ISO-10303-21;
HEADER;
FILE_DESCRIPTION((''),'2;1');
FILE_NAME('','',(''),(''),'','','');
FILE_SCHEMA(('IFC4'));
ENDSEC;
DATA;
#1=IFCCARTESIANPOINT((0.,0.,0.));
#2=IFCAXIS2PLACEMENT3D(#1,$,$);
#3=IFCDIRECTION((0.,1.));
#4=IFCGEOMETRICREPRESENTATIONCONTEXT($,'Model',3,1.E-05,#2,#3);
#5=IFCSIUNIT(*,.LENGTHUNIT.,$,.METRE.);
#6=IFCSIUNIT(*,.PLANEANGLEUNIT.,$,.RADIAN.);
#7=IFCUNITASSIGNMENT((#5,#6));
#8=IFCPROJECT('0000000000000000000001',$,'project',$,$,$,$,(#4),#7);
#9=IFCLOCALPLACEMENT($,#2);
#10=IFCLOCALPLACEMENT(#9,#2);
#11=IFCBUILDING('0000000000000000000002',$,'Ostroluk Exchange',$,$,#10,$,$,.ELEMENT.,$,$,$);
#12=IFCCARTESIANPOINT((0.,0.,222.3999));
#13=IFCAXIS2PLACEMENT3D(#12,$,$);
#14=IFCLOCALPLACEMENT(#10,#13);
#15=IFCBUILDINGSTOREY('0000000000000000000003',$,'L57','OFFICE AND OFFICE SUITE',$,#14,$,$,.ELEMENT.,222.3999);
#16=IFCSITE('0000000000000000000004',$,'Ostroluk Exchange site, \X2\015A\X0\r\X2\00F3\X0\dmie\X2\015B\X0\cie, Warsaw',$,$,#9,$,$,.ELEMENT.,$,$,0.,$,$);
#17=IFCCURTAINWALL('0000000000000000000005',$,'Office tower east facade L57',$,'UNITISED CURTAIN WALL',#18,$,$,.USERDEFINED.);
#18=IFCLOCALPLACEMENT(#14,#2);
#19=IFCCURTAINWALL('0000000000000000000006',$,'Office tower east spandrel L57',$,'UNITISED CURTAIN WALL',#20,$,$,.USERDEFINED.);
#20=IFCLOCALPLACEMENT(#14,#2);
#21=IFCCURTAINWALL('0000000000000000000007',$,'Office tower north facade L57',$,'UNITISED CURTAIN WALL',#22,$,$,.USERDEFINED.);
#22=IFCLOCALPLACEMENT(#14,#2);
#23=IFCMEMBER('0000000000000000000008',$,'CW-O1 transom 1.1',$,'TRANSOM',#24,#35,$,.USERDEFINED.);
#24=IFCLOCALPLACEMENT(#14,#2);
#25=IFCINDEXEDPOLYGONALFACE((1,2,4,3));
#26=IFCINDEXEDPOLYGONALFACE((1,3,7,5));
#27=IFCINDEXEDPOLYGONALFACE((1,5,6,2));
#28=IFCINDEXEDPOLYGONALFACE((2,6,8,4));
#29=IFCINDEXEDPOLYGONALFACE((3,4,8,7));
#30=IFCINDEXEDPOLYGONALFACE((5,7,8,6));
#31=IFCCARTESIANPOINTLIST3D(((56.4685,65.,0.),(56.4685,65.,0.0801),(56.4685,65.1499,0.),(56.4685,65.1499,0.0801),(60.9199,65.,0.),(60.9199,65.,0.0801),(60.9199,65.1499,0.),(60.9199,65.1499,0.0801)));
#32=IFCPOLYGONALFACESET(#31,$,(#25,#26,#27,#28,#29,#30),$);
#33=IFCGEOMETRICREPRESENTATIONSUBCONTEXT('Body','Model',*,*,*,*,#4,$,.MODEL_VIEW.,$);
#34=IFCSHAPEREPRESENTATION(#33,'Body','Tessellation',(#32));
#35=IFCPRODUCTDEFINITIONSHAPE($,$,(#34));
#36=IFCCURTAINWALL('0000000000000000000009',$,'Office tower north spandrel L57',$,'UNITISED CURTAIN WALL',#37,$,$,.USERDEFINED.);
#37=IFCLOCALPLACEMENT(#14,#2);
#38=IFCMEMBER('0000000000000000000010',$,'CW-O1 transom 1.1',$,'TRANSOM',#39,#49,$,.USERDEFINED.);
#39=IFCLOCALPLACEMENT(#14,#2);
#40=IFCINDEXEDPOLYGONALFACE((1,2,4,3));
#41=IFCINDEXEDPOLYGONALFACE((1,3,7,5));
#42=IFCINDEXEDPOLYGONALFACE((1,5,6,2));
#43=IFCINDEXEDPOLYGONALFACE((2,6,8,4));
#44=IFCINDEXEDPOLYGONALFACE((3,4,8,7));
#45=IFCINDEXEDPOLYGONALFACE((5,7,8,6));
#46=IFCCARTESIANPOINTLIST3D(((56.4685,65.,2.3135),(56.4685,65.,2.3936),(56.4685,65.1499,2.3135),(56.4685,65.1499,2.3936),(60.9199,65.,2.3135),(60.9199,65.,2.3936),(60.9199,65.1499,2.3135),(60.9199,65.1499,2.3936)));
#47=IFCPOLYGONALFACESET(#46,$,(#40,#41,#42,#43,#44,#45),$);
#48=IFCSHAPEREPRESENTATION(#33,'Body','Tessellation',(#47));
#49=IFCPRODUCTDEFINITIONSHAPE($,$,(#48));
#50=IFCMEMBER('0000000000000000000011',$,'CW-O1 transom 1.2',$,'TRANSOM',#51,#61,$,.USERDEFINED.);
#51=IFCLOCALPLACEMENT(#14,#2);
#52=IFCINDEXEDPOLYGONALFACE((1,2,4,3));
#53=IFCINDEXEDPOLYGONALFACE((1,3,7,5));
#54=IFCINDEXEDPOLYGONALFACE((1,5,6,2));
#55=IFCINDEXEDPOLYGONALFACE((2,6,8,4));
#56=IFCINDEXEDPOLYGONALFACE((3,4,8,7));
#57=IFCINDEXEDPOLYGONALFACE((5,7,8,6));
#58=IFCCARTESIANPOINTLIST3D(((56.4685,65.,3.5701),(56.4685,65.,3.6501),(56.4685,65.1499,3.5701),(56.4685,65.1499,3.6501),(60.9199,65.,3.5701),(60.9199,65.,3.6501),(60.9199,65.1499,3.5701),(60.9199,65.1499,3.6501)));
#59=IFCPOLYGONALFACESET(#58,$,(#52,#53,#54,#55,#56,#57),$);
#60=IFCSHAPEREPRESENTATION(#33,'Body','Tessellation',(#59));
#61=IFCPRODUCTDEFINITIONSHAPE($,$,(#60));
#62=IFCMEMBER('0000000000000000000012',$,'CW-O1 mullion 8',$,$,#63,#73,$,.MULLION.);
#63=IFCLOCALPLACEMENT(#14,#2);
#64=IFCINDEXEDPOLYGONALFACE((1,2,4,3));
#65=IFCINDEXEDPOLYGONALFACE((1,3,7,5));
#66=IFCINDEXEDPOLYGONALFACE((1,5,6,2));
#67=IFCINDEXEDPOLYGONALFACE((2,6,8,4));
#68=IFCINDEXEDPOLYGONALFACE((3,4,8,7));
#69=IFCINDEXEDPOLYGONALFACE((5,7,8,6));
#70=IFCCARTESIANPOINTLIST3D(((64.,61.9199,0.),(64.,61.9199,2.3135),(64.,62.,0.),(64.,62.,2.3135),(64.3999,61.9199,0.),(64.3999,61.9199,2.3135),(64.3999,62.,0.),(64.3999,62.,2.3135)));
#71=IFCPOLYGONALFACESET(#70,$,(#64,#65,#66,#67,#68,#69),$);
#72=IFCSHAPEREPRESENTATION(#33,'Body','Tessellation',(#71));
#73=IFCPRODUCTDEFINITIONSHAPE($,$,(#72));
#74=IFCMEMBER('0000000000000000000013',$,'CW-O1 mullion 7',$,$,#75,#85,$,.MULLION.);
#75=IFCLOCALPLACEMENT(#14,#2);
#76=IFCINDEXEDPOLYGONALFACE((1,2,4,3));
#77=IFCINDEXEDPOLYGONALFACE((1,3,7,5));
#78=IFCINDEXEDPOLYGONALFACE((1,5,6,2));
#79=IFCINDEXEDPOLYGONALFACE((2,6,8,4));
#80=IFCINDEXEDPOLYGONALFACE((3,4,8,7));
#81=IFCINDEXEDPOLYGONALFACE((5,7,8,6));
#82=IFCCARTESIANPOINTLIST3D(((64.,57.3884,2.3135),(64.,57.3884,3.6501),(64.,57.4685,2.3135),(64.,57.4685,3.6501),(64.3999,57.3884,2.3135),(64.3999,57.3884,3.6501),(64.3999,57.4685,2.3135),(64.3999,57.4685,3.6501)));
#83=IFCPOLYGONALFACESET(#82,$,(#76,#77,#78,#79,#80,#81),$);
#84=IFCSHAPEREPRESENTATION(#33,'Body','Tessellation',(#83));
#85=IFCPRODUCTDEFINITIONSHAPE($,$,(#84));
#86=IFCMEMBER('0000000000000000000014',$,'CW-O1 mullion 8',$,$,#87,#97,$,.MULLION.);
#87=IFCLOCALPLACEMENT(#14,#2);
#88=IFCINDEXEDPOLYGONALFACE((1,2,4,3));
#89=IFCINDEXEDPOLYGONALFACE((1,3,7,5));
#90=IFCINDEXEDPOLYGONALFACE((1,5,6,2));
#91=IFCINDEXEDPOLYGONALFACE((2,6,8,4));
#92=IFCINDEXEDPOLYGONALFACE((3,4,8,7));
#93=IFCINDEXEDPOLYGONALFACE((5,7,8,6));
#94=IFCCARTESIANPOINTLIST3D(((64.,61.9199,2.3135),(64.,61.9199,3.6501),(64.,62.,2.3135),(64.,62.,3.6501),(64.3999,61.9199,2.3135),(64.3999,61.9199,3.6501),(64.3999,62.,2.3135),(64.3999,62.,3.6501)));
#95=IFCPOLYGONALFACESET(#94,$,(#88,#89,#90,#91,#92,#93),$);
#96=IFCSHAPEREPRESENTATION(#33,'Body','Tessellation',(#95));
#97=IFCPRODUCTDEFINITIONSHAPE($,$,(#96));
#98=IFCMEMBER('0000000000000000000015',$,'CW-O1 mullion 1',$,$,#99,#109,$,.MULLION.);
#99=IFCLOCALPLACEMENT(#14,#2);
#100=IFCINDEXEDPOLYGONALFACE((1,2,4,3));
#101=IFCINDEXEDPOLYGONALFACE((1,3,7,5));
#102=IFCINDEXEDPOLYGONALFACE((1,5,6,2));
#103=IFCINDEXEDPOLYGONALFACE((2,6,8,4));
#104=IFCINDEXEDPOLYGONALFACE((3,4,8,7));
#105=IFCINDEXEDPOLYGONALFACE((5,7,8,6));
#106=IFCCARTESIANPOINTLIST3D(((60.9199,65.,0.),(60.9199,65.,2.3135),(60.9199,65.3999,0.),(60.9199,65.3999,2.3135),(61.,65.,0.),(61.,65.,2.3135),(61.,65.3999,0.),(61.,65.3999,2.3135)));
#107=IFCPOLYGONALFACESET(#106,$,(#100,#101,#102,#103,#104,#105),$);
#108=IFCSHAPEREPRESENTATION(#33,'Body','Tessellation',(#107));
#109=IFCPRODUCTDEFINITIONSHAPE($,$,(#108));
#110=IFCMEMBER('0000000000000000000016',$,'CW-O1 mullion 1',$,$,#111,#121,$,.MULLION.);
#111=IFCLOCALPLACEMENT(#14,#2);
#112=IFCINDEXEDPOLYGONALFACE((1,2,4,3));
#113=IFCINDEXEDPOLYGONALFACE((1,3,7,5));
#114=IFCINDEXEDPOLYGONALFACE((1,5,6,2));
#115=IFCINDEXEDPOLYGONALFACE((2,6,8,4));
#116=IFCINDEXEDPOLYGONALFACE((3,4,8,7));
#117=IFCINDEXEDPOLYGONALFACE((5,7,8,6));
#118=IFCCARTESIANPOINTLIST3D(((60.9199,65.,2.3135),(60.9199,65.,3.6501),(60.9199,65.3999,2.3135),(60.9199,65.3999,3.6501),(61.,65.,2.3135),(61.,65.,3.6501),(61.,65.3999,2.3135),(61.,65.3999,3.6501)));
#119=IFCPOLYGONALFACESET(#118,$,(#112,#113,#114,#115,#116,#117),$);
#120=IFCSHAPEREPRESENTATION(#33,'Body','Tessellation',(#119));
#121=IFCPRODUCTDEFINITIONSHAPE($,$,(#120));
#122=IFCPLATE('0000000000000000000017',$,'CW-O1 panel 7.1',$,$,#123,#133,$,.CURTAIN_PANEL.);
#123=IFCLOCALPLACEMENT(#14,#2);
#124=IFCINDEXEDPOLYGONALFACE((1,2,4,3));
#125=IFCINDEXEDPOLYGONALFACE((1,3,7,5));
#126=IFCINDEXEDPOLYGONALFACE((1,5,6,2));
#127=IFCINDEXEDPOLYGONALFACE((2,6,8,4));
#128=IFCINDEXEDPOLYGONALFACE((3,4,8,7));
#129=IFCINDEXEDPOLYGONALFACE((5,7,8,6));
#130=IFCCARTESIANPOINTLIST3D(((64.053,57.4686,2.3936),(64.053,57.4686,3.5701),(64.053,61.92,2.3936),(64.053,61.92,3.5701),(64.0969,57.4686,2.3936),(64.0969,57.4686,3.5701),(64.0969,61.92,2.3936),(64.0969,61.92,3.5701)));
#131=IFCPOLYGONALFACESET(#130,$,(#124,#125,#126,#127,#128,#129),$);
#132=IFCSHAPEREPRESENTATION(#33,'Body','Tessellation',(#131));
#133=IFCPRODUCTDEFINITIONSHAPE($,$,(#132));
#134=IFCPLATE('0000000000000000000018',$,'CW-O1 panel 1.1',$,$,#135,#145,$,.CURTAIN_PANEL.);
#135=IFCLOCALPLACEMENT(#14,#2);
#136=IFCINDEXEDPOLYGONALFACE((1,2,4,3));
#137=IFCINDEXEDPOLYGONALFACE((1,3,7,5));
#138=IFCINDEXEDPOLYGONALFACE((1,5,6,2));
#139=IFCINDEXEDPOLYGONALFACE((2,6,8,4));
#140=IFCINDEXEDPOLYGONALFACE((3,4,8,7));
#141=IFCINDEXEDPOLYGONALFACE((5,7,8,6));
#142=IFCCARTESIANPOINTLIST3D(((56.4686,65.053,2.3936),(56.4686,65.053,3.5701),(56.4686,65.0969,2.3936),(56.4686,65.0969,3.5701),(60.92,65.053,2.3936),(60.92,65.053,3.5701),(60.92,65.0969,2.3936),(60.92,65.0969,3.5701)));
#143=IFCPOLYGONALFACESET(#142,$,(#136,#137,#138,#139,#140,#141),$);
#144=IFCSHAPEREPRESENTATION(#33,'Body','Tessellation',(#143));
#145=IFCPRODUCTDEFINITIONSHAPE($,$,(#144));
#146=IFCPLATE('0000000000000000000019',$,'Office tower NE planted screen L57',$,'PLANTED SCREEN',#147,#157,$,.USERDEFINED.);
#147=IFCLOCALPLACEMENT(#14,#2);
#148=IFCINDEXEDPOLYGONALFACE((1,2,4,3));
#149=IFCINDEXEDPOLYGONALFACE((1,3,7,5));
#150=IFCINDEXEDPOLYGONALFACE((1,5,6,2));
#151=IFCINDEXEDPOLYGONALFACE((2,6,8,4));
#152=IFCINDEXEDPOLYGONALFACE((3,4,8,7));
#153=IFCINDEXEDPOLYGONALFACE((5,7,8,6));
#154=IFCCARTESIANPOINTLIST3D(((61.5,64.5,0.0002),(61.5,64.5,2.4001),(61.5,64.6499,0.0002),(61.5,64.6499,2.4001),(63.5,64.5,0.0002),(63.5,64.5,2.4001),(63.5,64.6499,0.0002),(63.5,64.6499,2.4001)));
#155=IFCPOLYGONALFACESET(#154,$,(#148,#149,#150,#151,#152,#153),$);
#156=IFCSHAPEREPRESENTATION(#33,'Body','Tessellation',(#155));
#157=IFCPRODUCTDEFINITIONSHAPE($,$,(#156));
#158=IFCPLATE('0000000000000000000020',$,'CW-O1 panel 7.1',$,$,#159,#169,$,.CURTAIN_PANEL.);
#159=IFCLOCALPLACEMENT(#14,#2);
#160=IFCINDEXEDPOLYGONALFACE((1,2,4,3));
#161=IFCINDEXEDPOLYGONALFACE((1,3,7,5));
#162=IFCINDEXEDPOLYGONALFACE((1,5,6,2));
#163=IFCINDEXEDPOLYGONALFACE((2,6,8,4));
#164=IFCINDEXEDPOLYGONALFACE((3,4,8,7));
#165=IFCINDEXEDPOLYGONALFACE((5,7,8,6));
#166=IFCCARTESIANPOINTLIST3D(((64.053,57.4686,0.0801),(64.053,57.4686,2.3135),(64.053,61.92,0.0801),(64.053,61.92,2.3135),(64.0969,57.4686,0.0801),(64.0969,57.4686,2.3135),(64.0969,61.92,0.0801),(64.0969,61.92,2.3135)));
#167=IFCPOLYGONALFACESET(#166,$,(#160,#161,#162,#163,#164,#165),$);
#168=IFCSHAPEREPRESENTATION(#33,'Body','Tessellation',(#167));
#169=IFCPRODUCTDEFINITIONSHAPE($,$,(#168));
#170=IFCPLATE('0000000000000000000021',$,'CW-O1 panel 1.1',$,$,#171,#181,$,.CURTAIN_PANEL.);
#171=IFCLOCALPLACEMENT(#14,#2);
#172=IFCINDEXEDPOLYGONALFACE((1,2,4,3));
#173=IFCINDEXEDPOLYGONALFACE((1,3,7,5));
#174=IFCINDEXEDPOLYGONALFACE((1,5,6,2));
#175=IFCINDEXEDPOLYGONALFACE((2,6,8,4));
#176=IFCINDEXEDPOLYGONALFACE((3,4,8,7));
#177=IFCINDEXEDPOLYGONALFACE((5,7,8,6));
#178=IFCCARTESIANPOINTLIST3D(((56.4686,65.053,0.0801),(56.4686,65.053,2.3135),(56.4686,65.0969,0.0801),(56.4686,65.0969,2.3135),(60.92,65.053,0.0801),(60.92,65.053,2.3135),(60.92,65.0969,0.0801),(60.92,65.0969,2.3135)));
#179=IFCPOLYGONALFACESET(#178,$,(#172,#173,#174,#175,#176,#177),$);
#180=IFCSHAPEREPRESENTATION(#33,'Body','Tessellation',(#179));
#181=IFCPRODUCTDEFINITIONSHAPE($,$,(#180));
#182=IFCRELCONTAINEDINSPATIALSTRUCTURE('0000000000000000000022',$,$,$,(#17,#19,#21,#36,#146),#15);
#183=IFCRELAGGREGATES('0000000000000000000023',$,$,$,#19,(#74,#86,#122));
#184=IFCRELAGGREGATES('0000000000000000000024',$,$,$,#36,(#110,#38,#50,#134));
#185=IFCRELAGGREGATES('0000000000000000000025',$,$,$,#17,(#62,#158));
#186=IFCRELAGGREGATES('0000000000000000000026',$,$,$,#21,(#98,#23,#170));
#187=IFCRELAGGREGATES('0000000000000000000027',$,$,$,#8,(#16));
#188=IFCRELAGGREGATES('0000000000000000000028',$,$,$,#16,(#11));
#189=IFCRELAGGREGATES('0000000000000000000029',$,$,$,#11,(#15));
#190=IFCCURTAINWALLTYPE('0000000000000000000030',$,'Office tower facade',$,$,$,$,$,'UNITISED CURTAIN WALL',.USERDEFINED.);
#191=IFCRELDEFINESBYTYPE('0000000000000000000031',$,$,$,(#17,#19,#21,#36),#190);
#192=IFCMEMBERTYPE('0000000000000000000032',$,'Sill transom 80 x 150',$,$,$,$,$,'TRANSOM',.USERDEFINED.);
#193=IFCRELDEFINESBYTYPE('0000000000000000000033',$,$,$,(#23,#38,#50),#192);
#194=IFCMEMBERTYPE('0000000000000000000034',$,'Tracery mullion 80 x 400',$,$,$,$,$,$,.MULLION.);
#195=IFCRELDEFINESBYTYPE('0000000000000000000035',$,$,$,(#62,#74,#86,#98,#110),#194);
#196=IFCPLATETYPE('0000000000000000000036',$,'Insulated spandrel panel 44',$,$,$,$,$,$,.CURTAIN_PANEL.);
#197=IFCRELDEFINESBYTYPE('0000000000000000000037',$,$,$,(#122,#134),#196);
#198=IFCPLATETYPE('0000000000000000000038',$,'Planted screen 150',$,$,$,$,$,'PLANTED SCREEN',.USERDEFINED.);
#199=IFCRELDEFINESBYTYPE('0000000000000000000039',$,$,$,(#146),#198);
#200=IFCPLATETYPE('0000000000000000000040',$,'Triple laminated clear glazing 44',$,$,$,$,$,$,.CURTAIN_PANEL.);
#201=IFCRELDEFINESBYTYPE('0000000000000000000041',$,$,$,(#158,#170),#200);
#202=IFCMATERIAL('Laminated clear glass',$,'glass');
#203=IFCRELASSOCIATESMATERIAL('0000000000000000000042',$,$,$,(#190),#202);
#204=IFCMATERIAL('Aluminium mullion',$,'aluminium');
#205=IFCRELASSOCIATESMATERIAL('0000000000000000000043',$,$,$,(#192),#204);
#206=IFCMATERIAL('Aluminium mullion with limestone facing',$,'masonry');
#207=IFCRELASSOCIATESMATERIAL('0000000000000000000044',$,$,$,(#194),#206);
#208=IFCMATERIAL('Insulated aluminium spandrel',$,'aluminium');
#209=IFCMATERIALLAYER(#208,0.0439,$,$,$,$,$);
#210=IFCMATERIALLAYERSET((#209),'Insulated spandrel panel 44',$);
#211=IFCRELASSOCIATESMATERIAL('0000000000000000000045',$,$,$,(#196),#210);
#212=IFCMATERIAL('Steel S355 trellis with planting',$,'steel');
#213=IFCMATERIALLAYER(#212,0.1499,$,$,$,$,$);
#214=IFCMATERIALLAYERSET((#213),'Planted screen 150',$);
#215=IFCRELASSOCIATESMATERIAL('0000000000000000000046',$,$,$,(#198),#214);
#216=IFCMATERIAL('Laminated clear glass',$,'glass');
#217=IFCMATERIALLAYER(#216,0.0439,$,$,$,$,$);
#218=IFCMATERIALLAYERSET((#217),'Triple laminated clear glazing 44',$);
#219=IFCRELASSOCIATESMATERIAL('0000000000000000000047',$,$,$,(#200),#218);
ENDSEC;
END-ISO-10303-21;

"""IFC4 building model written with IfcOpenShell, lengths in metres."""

from ifc_helpers import new_model, si_unit, direction, frame, origin, origin_2d, place, context, subcontext, project, spatial, rectangle, extrude, material, layer, layer_set, material_profile, profile_set, type_object, element, aggregate, save


model = new_model("IFC4")

# Units and contexts
model_context = context("Model", 3, precision=1e-05, world=origin(), true_north=direction((0.0, 1.0)))
body_context = subcontext(model_context, "Body", "Model", "MODEL_VIEW")
ifc_project = project(units=[si_unit("LENGTHUNIT", "METRE"), si_unit("PLANEANGLEUNIT", "RADIAN")], contexts=[model_context])

# Site, building, storey
site_placement = place(None, origin())
site = spatial("IfcSite", under=ifc_project, at=site_placement, Name="Ostroluk Exchange site, Śródmieście, Warsaw", CompositionType="ELEMENT", RefElevation=0.0)
building_placement = place(site_placement, origin())
building = spatial("IfcBuilding", under=site, at=building_placement, Name="Ostroluk Exchange", CompositionType="ELEMENT")
storey_placement = place(building_placement, frame((0.0, 0.0, 222.3999)))
storey = spatial("IfcBuildingStorey", under=building, at=storey_placement, Name="L57", Description="OFFICE AND OFFICE SUITE", CompositionType="ELEMENT", Elevation=222.3999)

# Curtain wall
ifc_material_1 = material(Name="Laminated clear glass", Category="glass")
curtain_wall_type = type_object("IfcCurtainWallType", Name="Office tower facade", ElementType="UNITISED CURTAIN WALL", PredefinedType="USERDEFINED", material=ifc_material_1)
curtain_wall_1_placement = place(storey_placement, origin())
curtain_wall_1 = element("IfcCurtainWall", 1, at=curtain_wall_1_placement, inside=storey, type_object=curtain_wall_type, Name="Office tower east facade L57", ObjectType="UNITISED CURTAIN WALL", PredefinedType="USERDEFINED")
ifc_material_2 = material(Name="Aluminium mullion", Category="aluminium")
ifc_material_profile_1 = material_profile(ifc_material_2, rectangle(XDim=0.1499, YDim=0.0801, at=origin_2d()), Name="Sill transom 80 x 150")
ifc_profile_set_1 = profile_set([ifc_material_profile_1], Name="Aluminium mullion")
member_type_1 = type_object("IfcMemberType", Name="Sill transom 80 x 150", ElementType="TRANSOM", PredefinedType="USERDEFINED", material=ifc_profile_set_1)

# Curtain wall
curtain_wall_2_placement = place(storey_placement, origin())
curtain_wall_2 = element("IfcCurtainWall", 2, at=curtain_wall_2_placement, inside=storey, type_object=curtain_wall_type, Name="Office tower east spandrel L57", ObjectType="UNITISED CURTAIN WALL", PredefinedType="USERDEFINED")

# Curtain wall, member
curtain_wall_3_placement = place(storey_placement, origin())
curtain_wall_3 = element("IfcCurtainWall", 3, at=curtain_wall_3_placement, inside=storey, type_object=curtain_wall_type, Name="Office tower north facade L57", ObjectType="UNITISED CURTAIN WALL", PredefinedType="USERDEFINED")
member_1_placement = place(storey_placement, frame((60.9199, 65.075, 0.04), z_axis=(-1.0, 0.0, 0.0), x_axis=(0.0, -1.0, 0.0)))
member_1 = element("IfcMember", 4, at=member_1_placement, type_object=member_type_1, Name="CW-O1 transom 1.1", ObjectType="TRANSOM", PredefinedType="USERDEFINED", context=body_context, shape_type="SweptSolid", body=[
    extrude(rectangle(XDim=0.1499, YDim=0.0801, at=origin_2d()), origin(), (0.0, 0.0, 1.0), 4.4514),
])

# Curtain wall, members
curtain_wall_4_placement = place(storey_placement, origin())
curtain_wall_4 = element("IfcCurtainWall", 5, at=curtain_wall_4_placement, inside=storey, type_object=curtain_wall_type, Name="Office tower north spandrel L57", ObjectType="UNITISED CURTAIN WALL", PredefinedType="USERDEFINED")
member_2_placement = place(storey_placement, frame((60.9199, 65.075, 2.3535), z_axis=(-1.0, 0.0, 0.0), x_axis=(0.0, -1.0, 0.0)))
member_2 = element("IfcMember", 6, at=member_2_placement, type_object=member_type_1, Name="CW-O1 transom 1.1", ObjectType="TRANSOM", PredefinedType="USERDEFINED", context=body_context, shape_type="SweptSolid", body=[
    extrude(rectangle(XDim=0.1499, YDim=0.0801, at=origin_2d()), origin(), (0.0, 0.0, 1.0), 4.4514),
])
member_3_placement = place(storey_placement, frame((60.9199, 65.075, 3.6101), z_axis=(-1.0, 0.0, 0.0), x_axis=(0.0, -1.0, 0.0)))
member_3 = element("IfcMember", 7, at=member_3_placement, type_object=member_type_1, Name="CW-O1 transom 1.2", ObjectType="TRANSOM", PredefinedType="USERDEFINED", context=body_context, shape_type="SweptSolid", body=[
    extrude(rectangle(XDim=0.1499, YDim=0.0801, at=origin_2d()), origin(), (0.0, 0.0, 1.0), 4.4514),
])

# Members
ifc_material_3 = material(Name="Aluminium mullion with limestone facing", Category="masonry")
ifc_material_profile_2 = material_profile(ifc_material_3, rectangle(XDim=0.3999, YDim=0.0801, at=origin_2d()), Name="Tracery mullion 80 x 400")
ifc_profile_set_2 = profile_set([ifc_material_profile_2], Name="Aluminium mullion with limestone facing")
member_type_2 = type_object("IfcMemberType", Name="Tracery mullion 80 x 400", PredefinedType="MULLION", material=ifc_profile_set_2)
member_4_placement = place(storey_placement, frame((64.2, 61.96, 0.0), z_axis=(0.0, 0.0, 1.0), x_axis=(-1.0, 0.0, 0.0)))
member_4 = element("IfcMember", 8, at=member_4_placement, type_object=member_type_2, Name="CW-O1 mullion 8", PredefinedType="MULLION", context=body_context, shape_type="SweptSolid", body=[
    extrude(rectangle(XDim=0.3999, YDim=0.0801, at=origin_2d()), origin(), (0.0, 0.0, 1.0), 2.3135),
])
member_5_placement = place(storey_placement, frame((64.2, 57.4285, 2.3135), z_axis=(0.0, 0.0, 1.0), x_axis=(-1.0, 0.0, 0.0)))
member_5 = element("IfcMember", 9, at=member_5_placement, type_object=member_type_2, Name="CW-O1 mullion 7", PredefinedType="MULLION", context=body_context, shape_type="SweptSolid", body=[
    extrude(rectangle(XDim=0.3999, YDim=0.0801, at=origin_2d()), origin(), (0.0, 0.0, 1.0), 1.3367),
])
member_6_placement = place(storey_placement, frame((64.2, 61.96, 2.3135), z_axis=(0.0, 0.0, 1.0), x_axis=(-1.0, 0.0, 0.0)))
member_6 = element("IfcMember", 10, at=member_6_placement, type_object=member_type_2, Name="CW-O1 mullion 8", PredefinedType="MULLION", context=body_context, shape_type="SweptSolid", body=[
    extrude(rectangle(XDim=0.3999, YDim=0.0801, at=origin_2d()), origin(), (0.0, 0.0, 1.0), 1.3367),
])
member_7_placement = place(storey_placement, frame((60.96, 65.2, 0.0), z_axis=(0.0, 0.0, 1.0), x_axis=(0.0, -1.0, 0.0)))
member_7 = element("IfcMember", 11, at=member_7_placement, type_object=member_type_2, Name="CW-O1 mullion 1", PredefinedType="MULLION", context=body_context, shape_type="SweptSolid", body=[
    extrude(rectangle(XDim=0.3999, YDim=0.0801, at=origin_2d()), origin(), (0.0, 0.0, 1.0), 2.3135),
])
member_8_placement = place(storey_placement, frame((60.96, 65.2, 2.3135), z_axis=(0.0, 0.0, 1.0), x_axis=(0.0, -1.0, 0.0)))
member_8 = element("IfcMember", 12, at=member_8_placement, type_object=member_type_2, Name="CW-O1 mullion 1", PredefinedType="MULLION", context=body_context, shape_type="SweptSolid", body=[
    extrude(rectangle(XDim=0.3999, YDim=0.0801, at=origin_2d()), origin(), (0.0, 0.0, 1.0), 1.3367),
])

# Plates
ifc_material_4 = material(Name="Insulated aluminium spandrel", Category="aluminium")
ifc_layer_1 = layer(ifc_material_4, 0.0439)
ifc_layer_set_1 = layer_set([ifc_layer_1], Name="Insulated spandrel panel 44")
plate_type_1 = type_object("IfcPlateType", Name="Insulated spandrel panel 44", PredefinedType="CURTAIN_PANEL", material=ifc_layer_set_1)
plate_1_placement = place(storey_placement, frame((64.075, 59.6943, 2.3936), z_axis=(0.0, 0.0, 1.0), x_axis=(0.0, 1.0, 0.0)))
plate_1 = element("IfcPlate", 13, at=plate_1_placement, type_object=plate_type_1, Name="CW-O1 panel 7.1", PredefinedType="CURTAIN_PANEL", context=body_context, shape_type="SweptSolid", body=[
    extrude(rectangle(XDim=4.4514, YDim=0.0439, at=origin_2d()), origin(), (0.0, 0.0, 1.0), 1.1765),
])
aggregate(curtain_wall_2, [member_5, member_6, plate_1])
plate_2_placement = place(storey_placement, frame((58.6943, 65.075, 2.3936), z_axis=(0.0, 0.0, 1.0), x_axis=(-1.0, 0.0, 0.0)))
plate_2 = element("IfcPlate", 14, at=plate_2_placement, type_object=plate_type_1, Name="CW-O1 panel 1.1", PredefinedType="CURTAIN_PANEL", context=body_context, shape_type="SweptSolid", body=[
    extrude(rectangle(XDim=4.4514, YDim=0.0439, at=origin_2d()), origin(), (0.0, 0.0, 1.0), 1.1765),
])
aggregate(curtain_wall_4, [member_8, member_2, member_3, plate_2])
ifc_material_5 = material(Name="Steel S355 trellis with planting", Category="steel")
ifc_layer_2 = layer(ifc_material_5, 0.1499)
ifc_layer_set_2 = layer_set([ifc_layer_2], Name="Planted screen 150")
plate_type_2 = type_object("IfcPlateType", Name="Planted screen 150", ElementType="PLANTED SCREEN", PredefinedType="USERDEFINED", material=ifc_layer_set_2)
plate_3_placement = place(storey_placement, frame((62.5, 64.575, 0.0002), z_axis=(0.0, 0.0, 1.0), x_axis=(1.0, 0.0, 0.0)))
element("IfcPlate", 15, at=plate_3_placement, inside=storey, type_object=plate_type_2, Name="Office tower NE planted screen L57", ObjectType="PLANTED SCREEN", PredefinedType="USERDEFINED", context=body_context, shape_type="SweptSolid", body=[
    extrude(rectangle(XDim=2.0, YDim=0.1499, at=origin_2d()), origin(), (0.0, 0.0, 1.0), 2.3999),
])
ifc_material_6 = material(Name="Laminated clear glass", Category="glass")
ifc_layer_3 = layer(ifc_material_6, 0.0439)
ifc_layer_set_3 = layer_set([ifc_layer_3], Name="Triple laminated clear glazing 44")
plate_type_3 = type_object("IfcPlateType", Name="Triple laminated clear glazing 44", PredefinedType="CURTAIN_PANEL", material=ifc_layer_set_3)
plate_4_placement = place(storey_placement, frame((64.075, 59.6943, 0.0801), z_axis=(0.0, 0.0, 1.0), x_axis=(0.0, 1.0, 0.0)))
plate_4 = element("IfcPlate", 16, at=plate_4_placement, type_object=plate_type_3, Name="CW-O1 panel 7.1", PredefinedType="CURTAIN_PANEL", context=body_context, shape_type="SweptSolid", body=[
    extrude(rectangle(XDim=4.4514, YDim=0.0439, at=origin_2d()), origin(), (0.0, 0.0, 1.0), 2.2334),
])
aggregate(curtain_wall_1, [member_4, plate_4])
plate_5_placement = place(storey_placement, frame((58.6943, 65.075, 0.0801), z_axis=(0.0, 0.0, 1.0), x_axis=(-1.0, 0.0, 0.0)))
plate_5 = element("IfcPlate", 17, at=plate_5_placement, type_object=plate_type_3, Name="CW-O1 panel 1.1", PredefinedType="CURTAIN_PANEL", context=body_context, shape_type="SweptSolid", body=[
    extrude(rectangle(XDim=4.4514, YDim=0.0439, at=origin_2d()), origin(), (0.0, 0.0, 1.0), 2.2334),
])
aggregate(curtain_wall_3, [member_7, member_1, plate_5])

save(model, "model.ifc")
